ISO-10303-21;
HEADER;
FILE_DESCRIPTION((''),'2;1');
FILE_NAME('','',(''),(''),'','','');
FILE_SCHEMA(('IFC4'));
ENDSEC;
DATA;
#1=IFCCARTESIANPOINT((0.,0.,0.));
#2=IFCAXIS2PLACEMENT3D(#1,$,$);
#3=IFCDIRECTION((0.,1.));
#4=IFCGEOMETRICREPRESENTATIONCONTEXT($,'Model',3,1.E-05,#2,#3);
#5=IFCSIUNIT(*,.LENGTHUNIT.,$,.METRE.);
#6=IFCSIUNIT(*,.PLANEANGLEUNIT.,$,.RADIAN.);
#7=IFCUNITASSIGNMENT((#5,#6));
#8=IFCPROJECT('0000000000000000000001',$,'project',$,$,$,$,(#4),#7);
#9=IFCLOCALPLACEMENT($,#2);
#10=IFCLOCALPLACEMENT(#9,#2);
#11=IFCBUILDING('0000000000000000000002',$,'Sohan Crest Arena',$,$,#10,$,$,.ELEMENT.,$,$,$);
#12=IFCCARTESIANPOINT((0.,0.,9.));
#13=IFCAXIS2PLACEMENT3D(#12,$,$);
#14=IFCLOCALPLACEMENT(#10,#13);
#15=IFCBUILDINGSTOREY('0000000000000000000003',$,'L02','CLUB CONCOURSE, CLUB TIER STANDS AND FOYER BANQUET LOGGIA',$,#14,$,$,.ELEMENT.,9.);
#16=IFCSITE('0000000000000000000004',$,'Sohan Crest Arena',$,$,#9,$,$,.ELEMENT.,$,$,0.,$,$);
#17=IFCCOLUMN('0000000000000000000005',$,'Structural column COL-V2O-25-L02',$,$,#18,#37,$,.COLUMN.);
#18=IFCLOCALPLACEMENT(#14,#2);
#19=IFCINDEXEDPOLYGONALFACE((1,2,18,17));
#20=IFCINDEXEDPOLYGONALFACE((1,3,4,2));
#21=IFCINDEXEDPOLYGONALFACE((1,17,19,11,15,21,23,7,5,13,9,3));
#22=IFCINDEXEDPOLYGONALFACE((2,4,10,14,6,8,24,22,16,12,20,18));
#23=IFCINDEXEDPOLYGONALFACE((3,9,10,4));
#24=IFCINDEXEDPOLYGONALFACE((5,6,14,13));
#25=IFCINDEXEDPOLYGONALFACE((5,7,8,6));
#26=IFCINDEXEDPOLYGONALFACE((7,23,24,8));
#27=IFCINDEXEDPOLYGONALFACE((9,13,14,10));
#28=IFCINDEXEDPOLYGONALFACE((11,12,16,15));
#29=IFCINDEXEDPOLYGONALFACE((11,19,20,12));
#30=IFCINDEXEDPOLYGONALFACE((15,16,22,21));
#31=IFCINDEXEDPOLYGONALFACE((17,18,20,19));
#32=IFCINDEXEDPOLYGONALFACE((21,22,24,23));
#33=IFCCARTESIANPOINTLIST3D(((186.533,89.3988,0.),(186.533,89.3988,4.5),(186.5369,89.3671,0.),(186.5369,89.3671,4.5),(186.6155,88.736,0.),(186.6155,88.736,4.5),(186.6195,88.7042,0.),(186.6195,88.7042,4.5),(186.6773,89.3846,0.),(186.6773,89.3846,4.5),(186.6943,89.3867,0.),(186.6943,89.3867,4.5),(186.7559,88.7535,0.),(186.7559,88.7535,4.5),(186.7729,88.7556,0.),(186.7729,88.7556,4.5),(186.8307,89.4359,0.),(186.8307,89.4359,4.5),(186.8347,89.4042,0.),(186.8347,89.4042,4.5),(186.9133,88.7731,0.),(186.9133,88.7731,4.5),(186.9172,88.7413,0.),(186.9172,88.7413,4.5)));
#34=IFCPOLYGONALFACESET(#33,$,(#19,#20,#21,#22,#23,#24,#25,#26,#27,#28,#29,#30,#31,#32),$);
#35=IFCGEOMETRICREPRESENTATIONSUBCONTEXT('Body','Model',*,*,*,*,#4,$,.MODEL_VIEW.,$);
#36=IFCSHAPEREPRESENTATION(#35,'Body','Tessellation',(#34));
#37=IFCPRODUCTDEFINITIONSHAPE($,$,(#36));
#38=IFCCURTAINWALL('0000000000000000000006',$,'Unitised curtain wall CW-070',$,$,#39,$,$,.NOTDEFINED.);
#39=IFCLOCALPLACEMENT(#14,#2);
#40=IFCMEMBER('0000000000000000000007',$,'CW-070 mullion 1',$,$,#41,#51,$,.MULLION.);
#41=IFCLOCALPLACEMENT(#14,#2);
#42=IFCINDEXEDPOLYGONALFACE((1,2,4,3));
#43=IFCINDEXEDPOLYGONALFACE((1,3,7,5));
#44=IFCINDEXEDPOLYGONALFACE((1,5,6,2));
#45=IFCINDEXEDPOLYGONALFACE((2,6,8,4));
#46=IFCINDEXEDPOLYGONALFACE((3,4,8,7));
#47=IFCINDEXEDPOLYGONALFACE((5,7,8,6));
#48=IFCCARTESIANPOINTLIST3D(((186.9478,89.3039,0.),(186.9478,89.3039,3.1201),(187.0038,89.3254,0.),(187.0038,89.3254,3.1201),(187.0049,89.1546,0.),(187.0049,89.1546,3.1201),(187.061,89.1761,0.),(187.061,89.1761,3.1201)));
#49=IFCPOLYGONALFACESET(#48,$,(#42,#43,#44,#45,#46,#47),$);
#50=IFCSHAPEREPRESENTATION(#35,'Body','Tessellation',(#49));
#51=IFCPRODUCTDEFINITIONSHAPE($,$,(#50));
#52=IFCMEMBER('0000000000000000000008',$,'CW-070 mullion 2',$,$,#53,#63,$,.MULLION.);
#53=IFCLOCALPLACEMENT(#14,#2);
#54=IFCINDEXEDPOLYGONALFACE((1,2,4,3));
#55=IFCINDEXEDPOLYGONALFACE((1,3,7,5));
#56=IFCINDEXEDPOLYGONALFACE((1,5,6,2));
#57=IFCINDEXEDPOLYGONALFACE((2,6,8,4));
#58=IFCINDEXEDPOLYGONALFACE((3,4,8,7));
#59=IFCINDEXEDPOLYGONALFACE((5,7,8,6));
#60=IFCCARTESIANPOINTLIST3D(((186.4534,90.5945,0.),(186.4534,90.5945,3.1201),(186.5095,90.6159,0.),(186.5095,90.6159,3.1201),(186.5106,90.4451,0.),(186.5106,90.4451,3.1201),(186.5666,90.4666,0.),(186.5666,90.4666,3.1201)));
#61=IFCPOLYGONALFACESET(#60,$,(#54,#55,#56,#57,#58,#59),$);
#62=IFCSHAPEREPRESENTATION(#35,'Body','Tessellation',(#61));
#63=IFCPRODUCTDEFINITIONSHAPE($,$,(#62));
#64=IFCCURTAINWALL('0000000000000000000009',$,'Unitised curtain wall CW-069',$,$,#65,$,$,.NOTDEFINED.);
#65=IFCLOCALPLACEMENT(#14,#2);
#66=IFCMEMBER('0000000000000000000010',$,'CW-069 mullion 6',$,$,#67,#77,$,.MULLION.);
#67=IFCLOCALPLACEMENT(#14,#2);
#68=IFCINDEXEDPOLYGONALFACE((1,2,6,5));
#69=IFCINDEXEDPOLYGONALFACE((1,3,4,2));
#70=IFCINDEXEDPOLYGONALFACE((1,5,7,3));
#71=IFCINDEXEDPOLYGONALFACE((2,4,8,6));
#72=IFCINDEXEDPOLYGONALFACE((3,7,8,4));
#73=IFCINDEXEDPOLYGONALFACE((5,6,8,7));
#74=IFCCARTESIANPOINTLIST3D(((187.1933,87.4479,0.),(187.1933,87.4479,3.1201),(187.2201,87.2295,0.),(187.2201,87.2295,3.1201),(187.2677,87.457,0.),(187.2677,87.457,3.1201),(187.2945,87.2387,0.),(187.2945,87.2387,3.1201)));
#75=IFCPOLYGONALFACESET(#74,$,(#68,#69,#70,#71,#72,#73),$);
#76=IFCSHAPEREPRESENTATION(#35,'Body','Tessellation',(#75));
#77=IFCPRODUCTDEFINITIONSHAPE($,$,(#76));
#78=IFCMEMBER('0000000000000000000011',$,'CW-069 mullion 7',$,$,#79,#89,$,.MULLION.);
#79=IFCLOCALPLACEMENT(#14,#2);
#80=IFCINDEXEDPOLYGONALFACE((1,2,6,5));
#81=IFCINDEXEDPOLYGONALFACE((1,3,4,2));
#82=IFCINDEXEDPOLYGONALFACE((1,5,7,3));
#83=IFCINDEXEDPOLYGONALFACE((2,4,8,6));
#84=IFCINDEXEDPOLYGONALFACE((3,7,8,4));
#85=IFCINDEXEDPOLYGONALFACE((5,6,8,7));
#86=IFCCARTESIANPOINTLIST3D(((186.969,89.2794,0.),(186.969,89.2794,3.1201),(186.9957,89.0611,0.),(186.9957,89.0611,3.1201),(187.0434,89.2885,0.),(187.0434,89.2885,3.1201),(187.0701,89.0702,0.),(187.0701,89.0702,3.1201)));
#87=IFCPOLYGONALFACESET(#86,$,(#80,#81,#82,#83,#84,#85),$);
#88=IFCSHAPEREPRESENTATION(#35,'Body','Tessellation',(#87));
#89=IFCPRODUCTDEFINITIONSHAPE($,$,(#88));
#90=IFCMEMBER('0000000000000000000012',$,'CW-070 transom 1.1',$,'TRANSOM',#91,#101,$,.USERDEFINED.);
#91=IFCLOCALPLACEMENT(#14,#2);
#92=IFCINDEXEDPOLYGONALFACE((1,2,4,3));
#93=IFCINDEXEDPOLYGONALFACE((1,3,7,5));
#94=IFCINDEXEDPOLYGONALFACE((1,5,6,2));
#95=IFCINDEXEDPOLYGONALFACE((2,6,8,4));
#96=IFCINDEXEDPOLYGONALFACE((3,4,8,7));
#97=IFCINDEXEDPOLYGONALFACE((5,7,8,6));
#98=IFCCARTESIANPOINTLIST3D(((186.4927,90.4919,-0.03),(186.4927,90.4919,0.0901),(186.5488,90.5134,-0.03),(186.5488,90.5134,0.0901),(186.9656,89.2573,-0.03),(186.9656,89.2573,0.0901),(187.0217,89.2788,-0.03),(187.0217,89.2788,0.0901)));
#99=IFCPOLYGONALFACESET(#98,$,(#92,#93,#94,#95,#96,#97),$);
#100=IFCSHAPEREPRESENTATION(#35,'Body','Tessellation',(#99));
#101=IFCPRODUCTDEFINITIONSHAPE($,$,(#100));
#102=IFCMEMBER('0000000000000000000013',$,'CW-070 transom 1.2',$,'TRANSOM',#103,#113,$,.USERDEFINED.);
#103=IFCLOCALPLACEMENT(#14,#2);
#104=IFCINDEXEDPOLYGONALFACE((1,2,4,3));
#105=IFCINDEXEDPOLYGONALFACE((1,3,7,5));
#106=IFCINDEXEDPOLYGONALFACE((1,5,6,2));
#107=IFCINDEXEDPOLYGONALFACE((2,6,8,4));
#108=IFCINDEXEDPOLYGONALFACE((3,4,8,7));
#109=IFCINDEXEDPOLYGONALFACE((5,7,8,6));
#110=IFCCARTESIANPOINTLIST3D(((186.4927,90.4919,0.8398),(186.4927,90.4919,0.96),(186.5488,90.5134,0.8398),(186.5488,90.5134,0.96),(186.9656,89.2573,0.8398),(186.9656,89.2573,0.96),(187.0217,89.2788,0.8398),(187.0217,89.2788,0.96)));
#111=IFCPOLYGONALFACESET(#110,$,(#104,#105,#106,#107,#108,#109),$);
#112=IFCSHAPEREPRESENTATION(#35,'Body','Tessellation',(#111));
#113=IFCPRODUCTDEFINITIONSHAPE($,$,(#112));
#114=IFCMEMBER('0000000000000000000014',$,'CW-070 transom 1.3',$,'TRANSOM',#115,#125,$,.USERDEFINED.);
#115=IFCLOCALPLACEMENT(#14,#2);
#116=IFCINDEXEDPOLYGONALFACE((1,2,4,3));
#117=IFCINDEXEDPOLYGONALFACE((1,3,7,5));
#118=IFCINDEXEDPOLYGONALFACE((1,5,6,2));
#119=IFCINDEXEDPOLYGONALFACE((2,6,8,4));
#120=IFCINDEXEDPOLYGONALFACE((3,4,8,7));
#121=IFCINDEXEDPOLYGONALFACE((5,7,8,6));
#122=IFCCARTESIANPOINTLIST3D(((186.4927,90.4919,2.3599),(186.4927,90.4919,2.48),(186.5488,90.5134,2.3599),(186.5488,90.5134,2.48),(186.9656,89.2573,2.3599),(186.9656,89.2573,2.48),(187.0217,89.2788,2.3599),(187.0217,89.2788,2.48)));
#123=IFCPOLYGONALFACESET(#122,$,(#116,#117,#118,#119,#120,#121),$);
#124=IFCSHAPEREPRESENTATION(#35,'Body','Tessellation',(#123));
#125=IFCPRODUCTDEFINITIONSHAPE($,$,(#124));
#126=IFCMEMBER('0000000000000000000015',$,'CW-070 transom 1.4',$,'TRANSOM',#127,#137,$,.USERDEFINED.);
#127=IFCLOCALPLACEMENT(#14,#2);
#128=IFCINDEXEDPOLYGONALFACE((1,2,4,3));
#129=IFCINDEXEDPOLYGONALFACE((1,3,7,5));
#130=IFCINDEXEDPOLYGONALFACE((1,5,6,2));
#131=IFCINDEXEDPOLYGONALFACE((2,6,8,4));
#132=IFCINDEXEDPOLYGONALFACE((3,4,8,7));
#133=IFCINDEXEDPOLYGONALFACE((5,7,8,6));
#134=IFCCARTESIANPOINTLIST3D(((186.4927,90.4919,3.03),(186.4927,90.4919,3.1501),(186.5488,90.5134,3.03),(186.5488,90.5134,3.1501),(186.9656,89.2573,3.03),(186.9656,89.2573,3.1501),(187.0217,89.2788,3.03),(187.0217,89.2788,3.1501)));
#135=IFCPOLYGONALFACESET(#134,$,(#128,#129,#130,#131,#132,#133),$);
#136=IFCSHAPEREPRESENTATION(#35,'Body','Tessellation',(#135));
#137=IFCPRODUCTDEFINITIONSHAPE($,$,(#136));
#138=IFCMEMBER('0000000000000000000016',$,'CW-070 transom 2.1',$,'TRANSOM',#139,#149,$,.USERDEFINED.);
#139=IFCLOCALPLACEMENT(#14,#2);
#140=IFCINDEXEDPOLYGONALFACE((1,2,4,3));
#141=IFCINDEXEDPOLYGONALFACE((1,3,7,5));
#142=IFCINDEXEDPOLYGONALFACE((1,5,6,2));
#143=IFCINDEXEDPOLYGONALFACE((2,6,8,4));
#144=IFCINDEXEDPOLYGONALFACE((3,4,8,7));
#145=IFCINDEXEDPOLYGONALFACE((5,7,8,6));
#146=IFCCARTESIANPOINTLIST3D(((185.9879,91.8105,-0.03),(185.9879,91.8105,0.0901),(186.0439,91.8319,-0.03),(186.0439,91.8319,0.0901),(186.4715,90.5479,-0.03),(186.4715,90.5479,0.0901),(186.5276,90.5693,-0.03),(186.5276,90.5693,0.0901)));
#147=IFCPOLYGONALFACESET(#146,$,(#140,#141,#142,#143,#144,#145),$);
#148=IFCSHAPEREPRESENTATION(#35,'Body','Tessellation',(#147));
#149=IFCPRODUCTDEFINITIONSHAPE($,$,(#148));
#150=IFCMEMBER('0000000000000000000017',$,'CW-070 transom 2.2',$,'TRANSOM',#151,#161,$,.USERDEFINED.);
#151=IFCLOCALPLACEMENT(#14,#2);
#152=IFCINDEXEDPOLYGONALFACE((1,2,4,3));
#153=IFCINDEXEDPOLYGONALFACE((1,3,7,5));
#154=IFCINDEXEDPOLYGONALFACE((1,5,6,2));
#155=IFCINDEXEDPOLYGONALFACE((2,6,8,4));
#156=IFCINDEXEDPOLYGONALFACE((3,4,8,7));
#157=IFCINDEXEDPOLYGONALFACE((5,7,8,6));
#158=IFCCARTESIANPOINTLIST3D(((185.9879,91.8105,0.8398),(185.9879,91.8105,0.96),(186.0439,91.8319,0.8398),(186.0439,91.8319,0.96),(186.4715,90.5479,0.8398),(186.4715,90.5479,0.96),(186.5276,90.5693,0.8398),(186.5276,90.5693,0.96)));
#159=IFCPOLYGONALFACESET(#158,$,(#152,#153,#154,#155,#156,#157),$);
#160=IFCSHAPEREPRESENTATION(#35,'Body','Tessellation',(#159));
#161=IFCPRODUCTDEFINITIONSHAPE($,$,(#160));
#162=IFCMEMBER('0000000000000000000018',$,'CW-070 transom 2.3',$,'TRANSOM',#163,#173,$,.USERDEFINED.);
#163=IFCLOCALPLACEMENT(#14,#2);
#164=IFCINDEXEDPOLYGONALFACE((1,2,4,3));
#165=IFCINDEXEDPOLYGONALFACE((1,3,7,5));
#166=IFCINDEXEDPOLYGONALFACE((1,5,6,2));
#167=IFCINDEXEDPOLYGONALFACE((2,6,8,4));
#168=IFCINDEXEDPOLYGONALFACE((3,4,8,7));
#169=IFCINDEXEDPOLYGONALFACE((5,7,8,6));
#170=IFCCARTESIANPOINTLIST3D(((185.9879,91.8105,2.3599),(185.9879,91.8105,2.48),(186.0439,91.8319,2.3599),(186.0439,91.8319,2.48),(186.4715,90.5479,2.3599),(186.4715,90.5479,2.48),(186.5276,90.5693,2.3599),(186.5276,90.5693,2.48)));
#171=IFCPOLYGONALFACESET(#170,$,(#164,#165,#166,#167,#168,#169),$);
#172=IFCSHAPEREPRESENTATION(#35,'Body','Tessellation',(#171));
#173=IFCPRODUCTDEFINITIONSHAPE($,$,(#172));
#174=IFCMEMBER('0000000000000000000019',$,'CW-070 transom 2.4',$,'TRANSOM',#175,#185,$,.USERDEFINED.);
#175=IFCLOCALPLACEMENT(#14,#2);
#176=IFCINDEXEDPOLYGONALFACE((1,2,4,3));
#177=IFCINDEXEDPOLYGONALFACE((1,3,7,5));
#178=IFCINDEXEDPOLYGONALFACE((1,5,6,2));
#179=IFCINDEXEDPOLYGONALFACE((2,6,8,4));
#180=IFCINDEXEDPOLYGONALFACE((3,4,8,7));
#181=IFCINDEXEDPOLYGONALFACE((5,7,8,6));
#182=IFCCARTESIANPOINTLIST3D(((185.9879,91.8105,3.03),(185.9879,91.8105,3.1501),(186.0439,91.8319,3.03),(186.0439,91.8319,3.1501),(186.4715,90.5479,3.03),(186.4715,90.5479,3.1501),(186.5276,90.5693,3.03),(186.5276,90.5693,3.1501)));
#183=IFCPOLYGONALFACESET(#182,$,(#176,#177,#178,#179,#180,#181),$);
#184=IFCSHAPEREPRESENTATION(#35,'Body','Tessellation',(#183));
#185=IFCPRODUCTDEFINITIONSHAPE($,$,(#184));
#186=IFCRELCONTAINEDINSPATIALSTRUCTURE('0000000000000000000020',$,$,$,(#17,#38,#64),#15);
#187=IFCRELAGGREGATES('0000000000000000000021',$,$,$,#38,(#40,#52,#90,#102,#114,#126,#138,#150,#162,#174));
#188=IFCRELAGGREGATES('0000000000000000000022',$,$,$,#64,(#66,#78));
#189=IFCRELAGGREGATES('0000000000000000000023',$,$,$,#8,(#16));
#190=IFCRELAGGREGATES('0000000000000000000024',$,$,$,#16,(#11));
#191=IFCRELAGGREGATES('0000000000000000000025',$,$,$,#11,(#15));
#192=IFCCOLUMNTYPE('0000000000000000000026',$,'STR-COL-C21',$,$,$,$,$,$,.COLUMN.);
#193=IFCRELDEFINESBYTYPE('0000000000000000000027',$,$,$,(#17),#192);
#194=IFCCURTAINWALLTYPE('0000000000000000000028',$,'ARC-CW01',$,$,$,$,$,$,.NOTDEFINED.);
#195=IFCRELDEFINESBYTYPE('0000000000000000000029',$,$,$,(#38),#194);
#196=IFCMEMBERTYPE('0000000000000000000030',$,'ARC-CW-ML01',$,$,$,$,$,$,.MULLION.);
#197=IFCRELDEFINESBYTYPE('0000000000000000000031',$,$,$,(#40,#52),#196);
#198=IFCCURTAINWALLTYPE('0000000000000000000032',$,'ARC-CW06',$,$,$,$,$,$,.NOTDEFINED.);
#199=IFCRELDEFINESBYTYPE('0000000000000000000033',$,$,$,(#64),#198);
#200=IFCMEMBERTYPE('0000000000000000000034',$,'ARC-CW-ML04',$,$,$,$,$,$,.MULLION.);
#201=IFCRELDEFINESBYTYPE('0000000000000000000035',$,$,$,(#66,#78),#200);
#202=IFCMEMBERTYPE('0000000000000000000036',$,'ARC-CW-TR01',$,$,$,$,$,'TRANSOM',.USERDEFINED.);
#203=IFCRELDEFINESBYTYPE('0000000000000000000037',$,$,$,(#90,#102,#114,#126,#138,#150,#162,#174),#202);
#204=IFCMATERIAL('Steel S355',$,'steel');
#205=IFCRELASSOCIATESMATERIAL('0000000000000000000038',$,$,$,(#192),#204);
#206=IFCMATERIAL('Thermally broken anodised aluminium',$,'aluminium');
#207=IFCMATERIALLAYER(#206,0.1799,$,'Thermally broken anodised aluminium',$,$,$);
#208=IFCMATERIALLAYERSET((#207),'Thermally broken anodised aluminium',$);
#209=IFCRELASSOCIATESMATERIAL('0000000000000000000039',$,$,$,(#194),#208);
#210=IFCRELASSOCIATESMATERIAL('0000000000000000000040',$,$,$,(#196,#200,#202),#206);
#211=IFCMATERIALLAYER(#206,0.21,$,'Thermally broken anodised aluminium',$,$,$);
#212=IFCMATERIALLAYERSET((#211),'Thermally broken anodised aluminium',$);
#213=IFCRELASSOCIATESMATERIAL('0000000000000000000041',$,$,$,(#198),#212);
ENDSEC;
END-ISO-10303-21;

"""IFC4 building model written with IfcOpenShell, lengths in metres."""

from ifc_helpers import new_model, si_unit, direction, frame, origin, origin_2d, place, context, subcontext, project, spatial, rectangle, i_section, extrude, material, layer, layer_set, material_profile, profile_set, type_object, element, aggregate, save


model = new_model("IFC4")

# Units and contexts
model_context = context("Model", 3, precision=1e-05, world=origin(), true_north=direction((0.0, 1.0)))
body_context = subcontext(model_context, "Body", "Model", "MODEL_VIEW")
ifc_project = project(units=[si_unit("LENGTHUNIT", "METRE"), si_unit("PLANEANGLEUNIT", "RADIAN")], contexts=[model_context])

# Site, building, storey
site_placement = place(None, origin())
site = spatial("IfcSite", under=ifc_project, at=site_placement, Name="Sohan Crest Arena", CompositionType="ELEMENT", RefElevation=0.0)
building_placement = place(site_placement, origin())
building = spatial("IfcBuilding", under=site, at=building_placement, Name="Sohan Crest Arena", CompositionType="ELEMENT")
storey_placement = place(building_placement, frame((0.0, 0.0, 9.0)))
storey = spatial("IfcBuildingStorey", under=building, at=storey_placement, Name="L02", Description="CLUB CONCOURSE, CLUB TIER STANDS AND FOYER BANQUET LOGGIA", CompositionType="ELEMENT", Elevation=9.0)

# Column
ifc_material_1 = material(Name="Steel S355", Category="steel")
ifc_material_profile_1 = material_profile(ifc_material_1, i_section(OverallWidth=0.3, OverallDepth=0.7, WebThickness=0.0171, FlangeThickness=0.032, at=origin_2d()), Name="HEB 700")
ifc_profile_set_1 = profile_set([ifc_material_profile_1], Name="Steel S355")
column_type = type_object("IfcColumnType", Name="STR-COL-C21", PredefinedType="COLUMN", material=ifc_profile_set_1)
column_placement = place(storey_placement, frame((186.7251, 89.0701, 0.0), z_axis=(0.0, 0.0, 1.0), x_axis=(0.992332, 0.123601, 0.0)))
element("IfcColumn", 1, at=column_placement, inside=storey, type_object=column_type, Name="Structural column COL-V2O-25-L02", PredefinedType="COLUMN", context=body_context, shape_type="SweptSolid", body=[
    extrude(i_section(OverallWidth=0.3, OverallDepth=0.7, WebThickness=0.0171, FlangeThickness=0.032, at=origin_2d()), origin(), (0.0, 0.0, 1.0), 4.5),
])

# Curtain walls, members
ifc_material_2 = material(Name="Thermally broken anodised aluminium", Category="aluminium")
ifc_layer_1 = layer(ifc_material_2, 0.1799, Name="Thermally broken anodised aluminium")
ifc_layer_set_1 = layer_set([ifc_layer_1], Name="Thermally broken anodised aluminium")
curtain_wall_type_1 = type_object("IfcCurtainWallType", Name="ARC-CW01", PredefinedType="NOTDEFINED", material=ifc_layer_set_1)
curtain_wall_1_placement = place(storey_placement, origin())
curtain_wall_1 = element("IfcCurtainWall", 2, at=curtain_wall_1_placement, inside=storey, type_object=curtain_wall_type_1, Name="Unitised curtain wall CW-070", PredefinedType="NOTDEFINED")
ifc_material_profile_2 = material_profile(ifc_material_2, rectangle(XDim=0.0601, YDim=0.1599, at=origin_2d()), Name="ALU-MULL 60x160")
ifc_profile_set_2 = profile_set([ifc_material_profile_2], Name="Thermally broken anodised aluminium")
member_type_1 = type_object("IfcMemberType", Name="ARC-CW-ML01", PredefinedType="MULLION", material=ifc_profile_set_2)
member_1_placement = place(storey_placement, frame((187.0044, 89.24, 0.0), z_axis=(0.0, 0.0, 1.0), x_axis=(-0.933888, -0.357567, 0.0)))
member_1 = element("IfcMember", 3, at=member_1_placement, type_object=member_type_1, Name="CW-070 mullion 1", PredefinedType="MULLION", context=body_context, shape_type="SweptSolid", body=[
    extrude(rectangle(XDim=0.0601, YDim=0.1599, at=origin_2d()), origin(), (0.0, 0.0, 1.0), 3.1201),
])
member_2_placement = place(storey_placement, frame((186.51, 90.5305, 0.0), z_axis=(0.0, 0.0, 1.0), x_axis=(-0.933888, -0.357567, 0.0)))
member_2 = element("IfcMember", 4, at=member_2_placement, type_object=member_type_1, Name="CW-070 mullion 2", PredefinedType="MULLION", context=body_context, shape_type="SweptSolid", body=[
    extrude(rectangle(XDim=0.0601, YDim=0.1599, at=origin_2d()), origin(), (0.0, 0.0, 1.0), 3.1201),
])
ifc_layer_2 = layer(ifc_material_2, 0.21, Name="Thermally broken anodised aluminium")
ifc_layer_set_2 = layer_set([ifc_layer_2], Name="Thermally broken anodised aluminium")
curtain_wall_type_2 = type_object("IfcCurtainWallType", Name="ARC-CW06", PredefinedType="NOTDEFINED", material=ifc_layer_set_2)
curtain_wall_2_placement = place(storey_placement, origin())
curtain_wall_2 = element("IfcCurtainWall", 5, at=curtain_wall_2_placement, inside=storey, type_object=curtain_wall_type_2, Name="Unitised curtain wall CW-069", PredefinedType="NOTDEFINED")
ifc_material_profile_3 = material_profile(ifc_material_2, rectangle(XDim=0.075, YDim=0.22, at=origin_2d()), Name="ALU-MULL 75x220")
ifc_profile_set_3 = profile_set([ifc_material_profile_3], Name="Thermally broken anodised aluminium")
member_type_2 = type_object("IfcMemberType", Name="ARC-CW-ML04", PredefinedType="MULLION", material=ifc_profile_set_3)
member_3_placement = place(storey_placement, frame((187.2439, 87.3433, 0.0), z_axis=(0.0, 0.0, 1.0), x_axis=(-0.992575, -0.121637, 0.0)))
member_3 = element("IfcMember", 6, at=member_3_placement, type_object=member_type_2, Name="CW-069 mullion 6", PredefinedType="MULLION", context=body_context, shape_type="SweptSolid", body=[
    extrude(rectangle(XDim=0.075, YDim=0.22, at=origin_2d()), origin(), (0.0, 0.0, 1.0), 3.1201),
])
member_4_placement = place(storey_placement, frame((187.0195, 89.1748, 0.0), z_axis=(0.0, 0.0, 1.0), x_axis=(-0.992575, -0.121637, 0.0)))
member_4 = element("IfcMember", 7, at=member_4_placement, type_object=member_type_2, Name="CW-069 mullion 7", PredefinedType="MULLION", context=body_context, shape_type="SweptSolid", body=[
    extrude(rectangle(XDim=0.075, YDim=0.22, at=origin_2d()), origin(), (0.0, 0.0, 1.0), 3.1201),
])

# Members
ifc_material_profile_4 = material_profile(ifc_material_2, rectangle(XDim=0.0601, YDim=0.1201, at=origin_2d()), Name="ALU-TRAN 60x120")
ifc_profile_set_4 = profile_set([ifc_material_profile_4], Name="Thermally broken anodised aluminium")
member_type_3 = type_object("IfcMemberType", Name="ARC-CW-TR01", ElementType="TRANSOM", PredefinedType="USERDEFINED", material=ifc_profile_set_4)
member_5_placement = place(storey_placement, frame((186.9937, 89.2681, 0.03), z_axis=(-0.357692, 0.93384, 0.0), x_axis=(-0.93384, -0.357692, 0.0)))
member_5 = element("IfcMember", 8, at=member_5_placement, type_object=member_type_3, Name="CW-070 transom 1.1", ObjectType="TRANSOM", PredefinedType="USERDEFINED", context=body_context, shape_type="SweptSolid", body=[
    extrude(rectangle(XDim=0.0601, YDim=0.1201, at=origin_2d()), origin(), (0.0, 0.0, 1.0), 1.322),
])
member_6_placement = place(storey_placement, frame((186.9937, 89.2681, 0.8999), z_axis=(-0.357692, 0.93384, 0.0), x_axis=(-0.93384, -0.357692, 0.0)))
member_6 = element("IfcMember", 9, at=member_6_placement, type_object=member_type_3, Name="CW-070 transom 1.2", ObjectType="TRANSOM", PredefinedType="USERDEFINED", context=body_context, shape_type="SweptSolid", body=[
    extrude(rectangle(XDim=0.0601, YDim=0.1201, at=origin_2d()), origin(), (0.0, 0.0, 1.0), 1.322),
])
member_7_placement = place(storey_placement, frame((186.9937, 89.2681, 2.4199), z_axis=(-0.357692, 0.93384, 0.0), x_axis=(-0.93384, -0.357692, 0.0)))
member_7 = element("IfcMember", 10, at=member_7_placement, type_object=member_type_3, Name="CW-070 transom 1.3", ObjectType="TRANSOM", PredefinedType="USERDEFINED", context=body_context, shape_type="SweptSolid", body=[
    extrude(rectangle(XDim=0.0601, YDim=0.1201, at=origin_2d()), origin(), (0.0, 0.0, 1.0), 1.322),
])
member_8_placement = place(storey_placement, frame((186.9937, 89.2681, 3.0901), z_axis=(-0.357692, 0.93384, 0.0), x_axis=(-0.93384, -0.357692, 0.0)))
member_8 = element("IfcMember", 11, at=member_8_placement, type_object=member_type_3, Name="CW-070 transom 1.4", ObjectType="TRANSOM", PredefinedType="USERDEFINED", context=body_context, shape_type="SweptSolid", body=[
    extrude(rectangle(XDim=0.0601, YDim=0.1201, at=origin_2d()), origin(), (0.0, 0.0, 1.0), 1.322),
])
member_9_placement = place(storey_placement, frame((186.4995, 90.5586, 0.03), z_axis=(-0.357684, 0.933843, 0.0), x_axis=(-0.933843, -0.357684, 0.0)))
member_9 = element("IfcMember", 12, at=member_9_placement, type_object=member_type_3, Name="CW-070 transom 2.1", ObjectType="TRANSOM", PredefinedType="USERDEFINED", context=body_context, shape_type="SweptSolid", body=[
    extrude(rectangle(XDim=0.0601, YDim=0.1201, at=origin_2d()), origin(), (0.0, 0.0, 1.0), 1.3521),
])
member_10_placement = place(storey_placement, frame((186.4995, 90.5586, 0.8999), z_axis=(-0.357684, 0.933843, 0.0), x_axis=(-0.933843, -0.357684, 0.0)))
member_10 = element("IfcMember", 13, at=member_10_placement, type_object=member_type_3, Name="CW-070 transom 2.2", ObjectType="TRANSOM", PredefinedType="USERDEFINED", context=body_context, shape_type="SweptSolid", body=[
    extrude(rectangle(XDim=0.0601, YDim=0.1201, at=origin_2d()), origin(), (0.0, 0.0, 1.0), 1.3521),
])
member_11_placement = place(storey_placement, frame((186.4995, 90.5586, 2.4199), z_axis=(-0.357684, 0.933843, 0.0), x_axis=(-0.933843, -0.357684, 0.0)))
member_11 = element("IfcMember", 14, at=member_11_placement, type_object=member_type_3, Name="CW-070 transom 2.3", ObjectType="TRANSOM", PredefinedType="USERDEFINED", context=body_context, shape_type="SweptSolid", body=[
    extrude(rectangle(XDim=0.0601, YDim=0.1201, at=origin_2d()), origin(), (0.0, 0.0, 1.0), 1.3521),
])
member_12_placement = place(storey_placement, frame((186.4995, 90.5586, 3.0901), z_axis=(-0.357684, 0.933843, 0.0), x_axis=(-0.933843, -0.357684, 0.0)))
member_12 = element("IfcMember", 15, at=member_12_placement, type_object=member_type_3, Name="CW-070 transom 2.4", ObjectType="TRANSOM", PredefinedType="USERDEFINED", context=body_context, shape_type="SweptSolid", body=[
    extrude(rectangle(XDim=0.0601, YDim=0.1201, at=origin_2d()), origin(), (0.0, 0.0, 1.0), 1.3521),
])

aggregate(curtain_wall_1, [member_1, member_2, member_5, member_6, member_7, member_8, member_9, member_10, member_11, member_12])
aggregate(curtain_wall_2, [member_3, member_4])

save(model, "model.ifc")
